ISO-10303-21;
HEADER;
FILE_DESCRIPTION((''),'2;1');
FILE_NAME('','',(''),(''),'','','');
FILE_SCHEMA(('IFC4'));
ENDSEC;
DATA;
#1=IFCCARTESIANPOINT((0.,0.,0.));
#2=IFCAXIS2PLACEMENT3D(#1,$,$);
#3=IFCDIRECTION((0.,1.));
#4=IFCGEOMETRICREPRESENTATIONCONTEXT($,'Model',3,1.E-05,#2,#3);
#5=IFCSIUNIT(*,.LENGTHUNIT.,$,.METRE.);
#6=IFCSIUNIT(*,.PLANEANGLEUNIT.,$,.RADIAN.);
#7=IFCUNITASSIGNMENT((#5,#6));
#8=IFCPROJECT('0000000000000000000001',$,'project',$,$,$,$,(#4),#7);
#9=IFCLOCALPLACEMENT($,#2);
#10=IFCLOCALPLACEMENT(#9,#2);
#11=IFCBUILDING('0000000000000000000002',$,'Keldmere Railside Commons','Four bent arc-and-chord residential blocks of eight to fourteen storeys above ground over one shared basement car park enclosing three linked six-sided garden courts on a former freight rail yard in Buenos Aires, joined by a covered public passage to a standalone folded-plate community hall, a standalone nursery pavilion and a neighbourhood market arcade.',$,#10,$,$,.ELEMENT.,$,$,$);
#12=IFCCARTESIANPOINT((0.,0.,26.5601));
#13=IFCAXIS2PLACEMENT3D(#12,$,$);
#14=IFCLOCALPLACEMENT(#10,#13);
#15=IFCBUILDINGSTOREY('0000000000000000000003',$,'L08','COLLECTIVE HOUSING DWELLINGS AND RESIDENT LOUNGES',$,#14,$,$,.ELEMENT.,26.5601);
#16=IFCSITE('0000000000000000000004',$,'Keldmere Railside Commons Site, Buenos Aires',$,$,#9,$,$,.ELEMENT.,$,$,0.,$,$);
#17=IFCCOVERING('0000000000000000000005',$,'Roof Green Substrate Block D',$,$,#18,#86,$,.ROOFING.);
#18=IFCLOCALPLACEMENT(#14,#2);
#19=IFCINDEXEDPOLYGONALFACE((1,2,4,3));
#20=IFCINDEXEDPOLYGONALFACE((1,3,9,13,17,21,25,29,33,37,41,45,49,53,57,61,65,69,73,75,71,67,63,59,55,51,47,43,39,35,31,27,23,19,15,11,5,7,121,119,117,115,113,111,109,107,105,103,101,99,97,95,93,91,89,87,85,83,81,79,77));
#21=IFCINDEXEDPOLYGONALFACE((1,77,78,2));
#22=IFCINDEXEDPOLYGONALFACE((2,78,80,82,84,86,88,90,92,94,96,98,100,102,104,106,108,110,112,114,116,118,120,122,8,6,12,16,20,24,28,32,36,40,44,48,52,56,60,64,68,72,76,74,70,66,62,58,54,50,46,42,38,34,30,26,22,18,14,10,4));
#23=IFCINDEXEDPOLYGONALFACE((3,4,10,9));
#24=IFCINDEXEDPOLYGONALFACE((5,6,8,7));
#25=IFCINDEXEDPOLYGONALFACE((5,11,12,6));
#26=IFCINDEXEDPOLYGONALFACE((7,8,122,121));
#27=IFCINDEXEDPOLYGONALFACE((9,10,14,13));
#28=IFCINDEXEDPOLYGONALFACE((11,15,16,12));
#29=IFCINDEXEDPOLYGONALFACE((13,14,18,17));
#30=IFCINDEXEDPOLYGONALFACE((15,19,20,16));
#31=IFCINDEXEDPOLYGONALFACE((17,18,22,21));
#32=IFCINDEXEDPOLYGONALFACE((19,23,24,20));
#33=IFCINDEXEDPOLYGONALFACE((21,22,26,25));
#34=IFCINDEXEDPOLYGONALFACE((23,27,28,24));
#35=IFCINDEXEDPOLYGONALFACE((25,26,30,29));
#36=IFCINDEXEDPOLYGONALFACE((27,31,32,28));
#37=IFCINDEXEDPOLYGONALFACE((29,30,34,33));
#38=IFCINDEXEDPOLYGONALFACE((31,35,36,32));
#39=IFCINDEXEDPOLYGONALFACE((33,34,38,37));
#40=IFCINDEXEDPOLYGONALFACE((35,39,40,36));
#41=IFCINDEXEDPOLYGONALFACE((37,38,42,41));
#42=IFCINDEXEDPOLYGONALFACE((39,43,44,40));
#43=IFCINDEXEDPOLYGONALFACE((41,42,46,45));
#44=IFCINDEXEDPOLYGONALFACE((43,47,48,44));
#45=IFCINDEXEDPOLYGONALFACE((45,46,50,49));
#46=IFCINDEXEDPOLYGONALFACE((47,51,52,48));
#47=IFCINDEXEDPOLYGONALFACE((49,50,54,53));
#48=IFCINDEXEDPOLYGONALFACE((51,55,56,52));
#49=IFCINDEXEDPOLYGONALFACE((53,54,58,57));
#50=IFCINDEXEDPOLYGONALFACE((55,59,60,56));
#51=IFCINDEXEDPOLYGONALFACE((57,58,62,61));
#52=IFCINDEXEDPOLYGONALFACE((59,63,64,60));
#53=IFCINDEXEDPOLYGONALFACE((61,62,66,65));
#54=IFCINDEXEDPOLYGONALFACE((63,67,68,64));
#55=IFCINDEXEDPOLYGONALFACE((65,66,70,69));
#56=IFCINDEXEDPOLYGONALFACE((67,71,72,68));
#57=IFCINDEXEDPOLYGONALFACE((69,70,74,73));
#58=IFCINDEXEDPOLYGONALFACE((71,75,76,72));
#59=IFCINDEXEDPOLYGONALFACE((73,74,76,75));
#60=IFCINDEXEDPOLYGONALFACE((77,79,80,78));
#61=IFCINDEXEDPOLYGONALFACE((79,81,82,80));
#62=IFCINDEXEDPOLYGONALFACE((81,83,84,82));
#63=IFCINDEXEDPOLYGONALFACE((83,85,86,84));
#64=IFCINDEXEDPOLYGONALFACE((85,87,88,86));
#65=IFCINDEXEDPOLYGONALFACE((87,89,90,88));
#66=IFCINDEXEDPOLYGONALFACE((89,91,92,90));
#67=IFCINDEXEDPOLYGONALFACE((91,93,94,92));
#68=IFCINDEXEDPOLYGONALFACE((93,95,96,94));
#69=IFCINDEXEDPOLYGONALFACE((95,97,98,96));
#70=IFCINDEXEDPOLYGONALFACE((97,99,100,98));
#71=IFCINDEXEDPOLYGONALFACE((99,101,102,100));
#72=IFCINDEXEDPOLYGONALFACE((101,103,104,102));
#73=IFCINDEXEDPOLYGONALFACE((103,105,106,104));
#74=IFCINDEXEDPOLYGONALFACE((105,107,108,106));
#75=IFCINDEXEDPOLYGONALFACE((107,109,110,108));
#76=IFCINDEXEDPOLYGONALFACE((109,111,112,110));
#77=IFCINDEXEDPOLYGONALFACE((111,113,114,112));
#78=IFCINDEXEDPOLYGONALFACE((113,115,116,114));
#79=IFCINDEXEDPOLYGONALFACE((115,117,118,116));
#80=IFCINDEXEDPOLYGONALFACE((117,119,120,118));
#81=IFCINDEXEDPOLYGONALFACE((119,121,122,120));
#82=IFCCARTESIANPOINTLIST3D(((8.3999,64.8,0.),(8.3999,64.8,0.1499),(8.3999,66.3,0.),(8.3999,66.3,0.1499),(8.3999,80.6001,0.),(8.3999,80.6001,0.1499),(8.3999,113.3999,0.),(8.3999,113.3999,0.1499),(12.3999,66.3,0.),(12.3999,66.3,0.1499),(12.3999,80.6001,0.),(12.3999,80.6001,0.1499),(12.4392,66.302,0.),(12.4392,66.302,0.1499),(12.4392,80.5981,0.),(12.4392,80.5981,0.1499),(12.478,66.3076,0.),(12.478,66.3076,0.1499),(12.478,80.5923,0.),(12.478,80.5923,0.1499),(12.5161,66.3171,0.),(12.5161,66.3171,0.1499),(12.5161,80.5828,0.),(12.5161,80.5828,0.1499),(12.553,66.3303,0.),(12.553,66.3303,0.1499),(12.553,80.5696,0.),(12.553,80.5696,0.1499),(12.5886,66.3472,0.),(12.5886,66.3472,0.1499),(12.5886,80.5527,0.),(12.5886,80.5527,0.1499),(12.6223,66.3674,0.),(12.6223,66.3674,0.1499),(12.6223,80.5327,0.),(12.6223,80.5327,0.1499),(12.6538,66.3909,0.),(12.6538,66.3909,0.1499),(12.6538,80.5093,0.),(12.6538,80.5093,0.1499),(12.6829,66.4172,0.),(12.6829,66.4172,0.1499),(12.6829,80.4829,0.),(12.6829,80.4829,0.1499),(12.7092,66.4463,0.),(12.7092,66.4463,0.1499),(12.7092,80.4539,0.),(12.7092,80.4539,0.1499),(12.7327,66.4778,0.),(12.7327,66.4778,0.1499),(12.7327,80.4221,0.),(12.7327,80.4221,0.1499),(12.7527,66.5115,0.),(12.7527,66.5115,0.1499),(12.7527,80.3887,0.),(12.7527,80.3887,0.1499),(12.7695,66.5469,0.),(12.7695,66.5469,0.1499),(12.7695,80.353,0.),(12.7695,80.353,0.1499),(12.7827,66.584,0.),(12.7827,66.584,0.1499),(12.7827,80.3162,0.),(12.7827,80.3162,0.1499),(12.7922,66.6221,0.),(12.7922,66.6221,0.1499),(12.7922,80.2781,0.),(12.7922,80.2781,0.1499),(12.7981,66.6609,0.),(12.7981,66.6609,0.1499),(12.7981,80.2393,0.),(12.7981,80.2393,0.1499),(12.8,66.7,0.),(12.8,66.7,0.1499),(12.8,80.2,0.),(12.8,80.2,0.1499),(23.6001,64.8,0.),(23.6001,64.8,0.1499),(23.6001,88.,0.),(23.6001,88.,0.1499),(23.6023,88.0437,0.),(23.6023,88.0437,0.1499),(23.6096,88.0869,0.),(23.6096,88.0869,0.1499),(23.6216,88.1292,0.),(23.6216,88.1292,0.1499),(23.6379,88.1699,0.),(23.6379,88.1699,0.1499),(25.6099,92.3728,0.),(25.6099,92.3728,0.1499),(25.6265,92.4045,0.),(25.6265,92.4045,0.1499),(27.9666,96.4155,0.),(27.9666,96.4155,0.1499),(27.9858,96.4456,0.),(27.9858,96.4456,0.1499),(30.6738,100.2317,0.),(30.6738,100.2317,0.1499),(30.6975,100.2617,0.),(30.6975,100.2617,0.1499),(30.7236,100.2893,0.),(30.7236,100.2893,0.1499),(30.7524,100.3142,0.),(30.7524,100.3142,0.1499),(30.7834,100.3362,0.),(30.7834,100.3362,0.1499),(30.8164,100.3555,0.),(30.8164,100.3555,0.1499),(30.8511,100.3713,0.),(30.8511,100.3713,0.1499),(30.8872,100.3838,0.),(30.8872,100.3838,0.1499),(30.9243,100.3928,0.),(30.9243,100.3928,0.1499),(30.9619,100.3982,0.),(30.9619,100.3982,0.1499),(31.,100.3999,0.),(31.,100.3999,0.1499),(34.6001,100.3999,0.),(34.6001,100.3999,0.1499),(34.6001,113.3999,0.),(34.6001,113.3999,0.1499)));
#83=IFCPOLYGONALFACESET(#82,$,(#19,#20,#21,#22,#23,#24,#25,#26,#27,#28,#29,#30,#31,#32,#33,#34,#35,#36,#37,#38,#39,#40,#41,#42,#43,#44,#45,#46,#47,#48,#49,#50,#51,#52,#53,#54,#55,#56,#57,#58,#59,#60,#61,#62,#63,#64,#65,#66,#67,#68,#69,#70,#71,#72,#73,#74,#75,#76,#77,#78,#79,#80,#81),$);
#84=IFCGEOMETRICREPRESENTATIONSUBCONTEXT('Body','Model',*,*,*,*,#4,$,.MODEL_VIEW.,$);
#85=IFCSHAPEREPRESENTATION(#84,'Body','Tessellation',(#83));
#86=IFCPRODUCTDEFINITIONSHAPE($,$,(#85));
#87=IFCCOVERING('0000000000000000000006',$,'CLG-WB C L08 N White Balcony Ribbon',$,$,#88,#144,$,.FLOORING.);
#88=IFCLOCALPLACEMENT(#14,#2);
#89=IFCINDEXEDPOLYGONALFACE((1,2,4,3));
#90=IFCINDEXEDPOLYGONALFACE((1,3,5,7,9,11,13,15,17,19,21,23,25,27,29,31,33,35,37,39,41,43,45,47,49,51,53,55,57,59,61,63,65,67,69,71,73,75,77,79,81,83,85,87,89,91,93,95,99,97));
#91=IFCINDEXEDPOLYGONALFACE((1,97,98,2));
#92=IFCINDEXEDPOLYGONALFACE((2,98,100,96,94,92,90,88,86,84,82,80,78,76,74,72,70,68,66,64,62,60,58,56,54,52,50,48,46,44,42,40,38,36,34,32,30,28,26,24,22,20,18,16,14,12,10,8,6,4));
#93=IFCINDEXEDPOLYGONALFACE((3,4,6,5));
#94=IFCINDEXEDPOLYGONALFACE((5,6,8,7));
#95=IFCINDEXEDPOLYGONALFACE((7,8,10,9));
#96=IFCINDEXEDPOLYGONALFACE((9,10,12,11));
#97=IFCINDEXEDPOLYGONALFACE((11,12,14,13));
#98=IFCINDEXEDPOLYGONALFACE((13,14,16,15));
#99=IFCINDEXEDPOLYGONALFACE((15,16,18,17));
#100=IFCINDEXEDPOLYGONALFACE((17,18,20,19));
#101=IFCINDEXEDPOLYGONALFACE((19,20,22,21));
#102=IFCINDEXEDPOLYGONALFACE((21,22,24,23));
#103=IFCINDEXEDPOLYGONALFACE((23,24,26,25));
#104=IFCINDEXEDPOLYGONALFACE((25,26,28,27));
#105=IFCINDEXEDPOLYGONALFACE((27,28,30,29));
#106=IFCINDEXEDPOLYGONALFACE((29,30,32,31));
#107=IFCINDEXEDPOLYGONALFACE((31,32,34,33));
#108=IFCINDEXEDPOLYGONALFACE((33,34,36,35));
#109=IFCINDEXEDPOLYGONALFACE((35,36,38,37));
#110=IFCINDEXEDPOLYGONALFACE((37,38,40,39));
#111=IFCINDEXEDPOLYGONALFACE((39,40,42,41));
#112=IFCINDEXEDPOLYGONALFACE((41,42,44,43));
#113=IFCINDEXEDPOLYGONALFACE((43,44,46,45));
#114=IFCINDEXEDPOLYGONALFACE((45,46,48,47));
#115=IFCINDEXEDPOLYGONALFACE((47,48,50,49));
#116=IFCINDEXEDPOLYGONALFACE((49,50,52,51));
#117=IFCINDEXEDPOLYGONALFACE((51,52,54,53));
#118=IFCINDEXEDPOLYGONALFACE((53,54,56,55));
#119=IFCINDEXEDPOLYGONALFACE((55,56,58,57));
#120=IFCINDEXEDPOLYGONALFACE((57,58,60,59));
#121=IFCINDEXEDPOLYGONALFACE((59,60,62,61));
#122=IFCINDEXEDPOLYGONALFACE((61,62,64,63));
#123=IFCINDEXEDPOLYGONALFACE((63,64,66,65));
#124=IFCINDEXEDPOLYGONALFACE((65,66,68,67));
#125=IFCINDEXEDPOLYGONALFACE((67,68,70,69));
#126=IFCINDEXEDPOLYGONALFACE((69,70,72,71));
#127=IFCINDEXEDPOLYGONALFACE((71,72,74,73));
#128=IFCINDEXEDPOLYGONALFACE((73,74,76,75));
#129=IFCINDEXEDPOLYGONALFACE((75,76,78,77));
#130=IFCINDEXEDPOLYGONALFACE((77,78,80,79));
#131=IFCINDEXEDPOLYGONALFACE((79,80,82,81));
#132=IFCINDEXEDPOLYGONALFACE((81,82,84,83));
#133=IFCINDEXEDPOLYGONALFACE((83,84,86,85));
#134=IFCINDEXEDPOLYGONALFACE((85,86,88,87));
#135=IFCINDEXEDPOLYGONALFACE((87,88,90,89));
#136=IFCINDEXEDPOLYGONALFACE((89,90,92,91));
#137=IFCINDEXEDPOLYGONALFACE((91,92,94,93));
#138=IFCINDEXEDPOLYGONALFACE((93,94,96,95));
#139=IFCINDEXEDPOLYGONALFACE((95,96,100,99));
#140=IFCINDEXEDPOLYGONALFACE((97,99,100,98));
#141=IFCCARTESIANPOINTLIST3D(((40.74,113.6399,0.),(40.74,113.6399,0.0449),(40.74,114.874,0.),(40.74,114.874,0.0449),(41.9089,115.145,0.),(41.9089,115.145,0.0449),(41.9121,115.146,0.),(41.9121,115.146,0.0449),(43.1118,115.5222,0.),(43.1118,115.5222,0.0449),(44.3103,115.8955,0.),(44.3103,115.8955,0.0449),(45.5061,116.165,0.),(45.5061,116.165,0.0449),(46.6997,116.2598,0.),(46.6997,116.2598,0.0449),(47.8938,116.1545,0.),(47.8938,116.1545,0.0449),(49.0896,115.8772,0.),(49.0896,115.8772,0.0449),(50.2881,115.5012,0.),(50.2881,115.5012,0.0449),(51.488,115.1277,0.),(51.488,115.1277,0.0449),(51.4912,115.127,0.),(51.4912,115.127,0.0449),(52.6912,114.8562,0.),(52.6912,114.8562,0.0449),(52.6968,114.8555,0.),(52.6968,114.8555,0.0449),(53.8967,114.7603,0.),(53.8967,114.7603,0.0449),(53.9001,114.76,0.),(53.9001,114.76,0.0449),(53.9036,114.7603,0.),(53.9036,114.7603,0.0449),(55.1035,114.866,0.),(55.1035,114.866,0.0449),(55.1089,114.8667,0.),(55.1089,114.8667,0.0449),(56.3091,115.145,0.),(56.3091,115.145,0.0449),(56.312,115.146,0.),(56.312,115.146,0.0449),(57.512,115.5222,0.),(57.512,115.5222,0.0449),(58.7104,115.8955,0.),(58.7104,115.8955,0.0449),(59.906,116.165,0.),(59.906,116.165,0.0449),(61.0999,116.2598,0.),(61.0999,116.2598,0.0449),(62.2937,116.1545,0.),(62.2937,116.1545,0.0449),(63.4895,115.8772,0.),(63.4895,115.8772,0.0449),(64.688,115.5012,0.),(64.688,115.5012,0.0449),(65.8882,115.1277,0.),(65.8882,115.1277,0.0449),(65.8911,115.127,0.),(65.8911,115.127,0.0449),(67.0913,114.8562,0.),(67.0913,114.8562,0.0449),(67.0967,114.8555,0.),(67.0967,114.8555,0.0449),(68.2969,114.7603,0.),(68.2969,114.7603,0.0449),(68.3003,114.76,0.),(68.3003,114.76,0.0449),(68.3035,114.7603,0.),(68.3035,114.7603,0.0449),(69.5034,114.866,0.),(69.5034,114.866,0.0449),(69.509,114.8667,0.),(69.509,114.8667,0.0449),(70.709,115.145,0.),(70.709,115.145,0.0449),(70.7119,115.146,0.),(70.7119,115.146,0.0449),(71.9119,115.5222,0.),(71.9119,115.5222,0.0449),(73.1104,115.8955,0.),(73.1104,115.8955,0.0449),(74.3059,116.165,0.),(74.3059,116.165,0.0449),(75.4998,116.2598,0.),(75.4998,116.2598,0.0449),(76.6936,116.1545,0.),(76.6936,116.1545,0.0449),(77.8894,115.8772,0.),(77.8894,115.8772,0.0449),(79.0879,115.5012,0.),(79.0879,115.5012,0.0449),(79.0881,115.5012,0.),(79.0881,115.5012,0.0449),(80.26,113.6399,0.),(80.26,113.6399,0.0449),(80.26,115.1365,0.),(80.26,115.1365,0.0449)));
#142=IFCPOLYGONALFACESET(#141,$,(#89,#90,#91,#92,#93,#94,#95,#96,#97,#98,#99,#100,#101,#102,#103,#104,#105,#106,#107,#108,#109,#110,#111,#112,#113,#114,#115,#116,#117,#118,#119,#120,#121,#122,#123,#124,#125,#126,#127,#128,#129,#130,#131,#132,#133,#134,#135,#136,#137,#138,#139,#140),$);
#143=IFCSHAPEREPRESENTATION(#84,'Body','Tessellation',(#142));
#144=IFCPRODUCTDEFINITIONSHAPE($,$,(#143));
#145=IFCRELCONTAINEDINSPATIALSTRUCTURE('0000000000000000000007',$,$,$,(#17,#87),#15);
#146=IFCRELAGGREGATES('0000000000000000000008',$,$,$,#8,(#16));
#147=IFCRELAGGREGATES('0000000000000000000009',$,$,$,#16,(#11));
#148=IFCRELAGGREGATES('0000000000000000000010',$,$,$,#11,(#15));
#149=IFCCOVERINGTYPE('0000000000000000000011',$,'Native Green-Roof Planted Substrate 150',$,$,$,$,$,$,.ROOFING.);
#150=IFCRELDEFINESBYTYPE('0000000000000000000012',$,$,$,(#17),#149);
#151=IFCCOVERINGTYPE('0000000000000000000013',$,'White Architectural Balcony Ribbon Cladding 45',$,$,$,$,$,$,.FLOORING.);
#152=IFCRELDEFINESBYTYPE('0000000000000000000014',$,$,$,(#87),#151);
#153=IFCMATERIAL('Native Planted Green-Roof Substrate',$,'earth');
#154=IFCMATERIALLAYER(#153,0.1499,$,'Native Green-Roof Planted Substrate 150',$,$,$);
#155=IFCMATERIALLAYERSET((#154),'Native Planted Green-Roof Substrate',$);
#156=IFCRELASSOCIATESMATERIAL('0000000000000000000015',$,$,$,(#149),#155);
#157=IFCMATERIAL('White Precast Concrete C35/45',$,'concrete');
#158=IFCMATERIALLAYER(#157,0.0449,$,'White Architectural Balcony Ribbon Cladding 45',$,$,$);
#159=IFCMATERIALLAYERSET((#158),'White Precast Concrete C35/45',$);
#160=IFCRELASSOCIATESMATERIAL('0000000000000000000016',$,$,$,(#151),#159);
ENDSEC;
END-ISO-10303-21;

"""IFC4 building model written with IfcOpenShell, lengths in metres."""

from ifc_helpers import new_model, si_unit, direction, frame, origin, place, context, subcontext, project, spatial, polyline, outline, extrude, material, layer, layer_set, type_object, element, save


model = new_model("IFC4")

# Units and contexts
model_context = context("Model", 3, precision=1e-05, world=origin(), true_north=direction((0.0, 1.0)))
body_context = subcontext(model_context, "Body", "Model", "MODEL_VIEW")
ifc_project = project(units=[si_unit("LENGTHUNIT", "METRE"), si_unit("PLANEANGLEUNIT", "RADIAN")], contexts=[model_context])

# Site, building, storey
site_placement = place(None, origin())
site = spatial("IfcSite", under=ifc_project, at=site_placement, Name="Keldmere Railside Commons Site, Buenos Aires", CompositionType="ELEMENT", RefElevation=0.0)
building_placement = place(site_placement, origin())
building = spatial("IfcBuilding", under=site, at=building_placement, Name="Keldmere Railside Commons", Description="Four bent arc-and-chord residential blocks of eight to fourteen storeys above ground over one shared basement car park enclosing three linked six-sided garden courts on a former freight rail yard in Buenos Aires, joined by a covered public passage to a standalone folded-plate community hall, a standalone nursery pavilion and a neighbourhood market arcade.", CompositionType="ELEMENT")
storey_placement = place(building_placement, frame((0.0, 0.0, 26.5601)))
storey = spatial("IfcBuildingStorey", under=building, at=storey_placement, Name="L08", Description="COLLECTIVE HOUSING DWELLINGS AND RESIDENT LOUNGES", CompositionType="ELEMENT", Elevation=26.5601)

# Coverings
ifc_material_1 = material(Name="Native Planted Green-Roof Substrate", Category="earth")
ifc_layer_1 = layer(ifc_material_1, 0.1499, Name="Native Green-Roof Planted Substrate 150")
ifc_layer_set_1 = layer_set([ifc_layer_1], Name="Native Planted Green-Roof Substrate")
covering_type_1 = type_object("IfcCoveringType", Name="Native Green-Roof Planted Substrate 150", PredefinedType="ROOFING", material=ifc_layer_set_1)
covering_1_placement = place(storey_placement, origin())
element("IfcCovering", 1, at=covering_1_placement, inside=storey, type_object=covering_type_1, Name="Roof Green Substrate Block D", PredefinedType="ROOFING", context=body_context, shape_type="SweptSolid", body=[
    extrude(outline(polyline([(8.3999, 80.6001), (12.3999, 80.6001), (12.4392, 80.5981), (12.478, 80.5923), (12.5161, 80.5828), (12.553, 80.5696), (12.5886, 80.5527), (12.6223, 80.5327), (12.6538, 80.5093), (12.6829, 80.4829), (12.7092, 80.4539), (12.7327, 80.4221), (12.7527, 80.3887), (12.7695, 80.353), (12.7827, 80.3162), (12.7922, 80.2781), (12.7981, 80.2393), (12.8, 80.2), (12.8, 66.7), (12.7981, 66.6609), (12.7922, 66.6221), (12.7827, 66.584), (12.7695, 66.5469), (12.7527, 66.5115), (12.7327, 66.4778), (12.7092, 66.4463), (12.6829, 66.4172), (12.6538, 66.3909), (12.6223, 66.3674), (12.5886, 66.3472), (12.553, 66.3303), (12.5161, 66.3171), (12.478, 66.3076), (12.4392, 66.302), (12.3999, 66.3), (8.3999, 66.3), (8.3999, 64.8), (23.6001, 64.8), (23.6001, 88.0), (23.6023, 88.0437), (23.6096, 88.0869), (23.6216, 88.1292), (23.6379, 88.1699), (25.6099, 92.3728), (25.6265, 92.4045), (27.9666, 96.4155), (27.9858, 96.4456), (30.6738, 100.2317), (30.6975, 100.2617), (30.7236, 100.2893), (30.7524, 100.3142), (30.7834, 100.3362), (30.8164, 100.3555), (30.8511, 100.3713), (30.8872, 100.3838), (30.9243, 100.3928), (30.9619, 100.3982), (31.0, 100.3999), (34.6001, 100.3999), (34.6001, 113.3999), (8.3999, 113.3999), (8.3999, 80.6001)])), origin(), (0.0, 0.0, 1.0), 0.1499),
])
ifc_material_2 = material(Name="White Precast Concrete C35/45", Category="concrete")
ifc_layer_2 = layer(ifc_material_2, 0.0449, Name="White Architectural Balcony Ribbon Cladding 45")
ifc_layer_set_2 = layer_set([ifc_layer_2], Name="White Precast Concrete C35/45")
covering_type_2 = type_object("IfcCoveringType", Name="White Architectural Balcony Ribbon Cladding 45", PredefinedType="FLOORING", material=ifc_layer_set_2)
covering_2_placement = place(storey_placement, origin())
element("IfcCovering", 2, at=covering_2_placement, inside=storey, type_object=covering_type_2, Name="CLG-WB C L08 N White Balcony Ribbon", PredefinedType="FLOORING", context=body_context, shape_type="SweptSolid", body=[
    extrude(outline(polyline([(80.26, 113.6399), (80.26, 115.1365), (79.0881, 115.5012), (79.0879, 115.5012), (77.8894, 115.8772), (76.6936, 116.1545), (75.4998, 116.2598), (74.3059, 116.165), (73.1104, 115.8955), (71.9119, 115.5222), (70.7119, 115.146), (70.709, 115.145), (69.509, 114.8667), (69.5034, 114.866), (68.3035, 114.7603), (68.3003, 114.76), (68.2969, 114.7603), (67.0967, 114.8555), (67.0913, 114.8562), (65.8911, 115.127), (65.8882, 115.1277), (64.688, 115.5012), (64.688, 115.5012), (63.4895, 115.8772), (62.2937, 116.1545), (61.0999, 116.2598), (59.906, 116.165), (58.7104, 115.8955), (57.512, 115.5222), (56.312, 115.146), (56.3091, 115.145), (55.1089, 114.8667), (55.1035, 114.866), (53.9036, 114.7603), (53.9001, 114.76), (53.8967, 114.7603), (52.6968, 114.8555), (52.6912, 114.8562), (51.4912, 115.127), (51.488, 115.1277), (50.2881, 115.5012), (50.2881, 115.5012), (49.0896, 115.8772), (47.8938, 116.1545), (46.6997, 116.2598), (45.5061, 116.165), (44.3103, 115.8955), (43.1118, 115.5222), (41.9121, 115.146), (41.9089, 115.145), (40.74, 114.874), (40.74, 113.6399), (80.26, 113.6399)])), origin(), (0.0, 0.0, 1.0), 0.0449),
])

save(model, "model.ifc")
